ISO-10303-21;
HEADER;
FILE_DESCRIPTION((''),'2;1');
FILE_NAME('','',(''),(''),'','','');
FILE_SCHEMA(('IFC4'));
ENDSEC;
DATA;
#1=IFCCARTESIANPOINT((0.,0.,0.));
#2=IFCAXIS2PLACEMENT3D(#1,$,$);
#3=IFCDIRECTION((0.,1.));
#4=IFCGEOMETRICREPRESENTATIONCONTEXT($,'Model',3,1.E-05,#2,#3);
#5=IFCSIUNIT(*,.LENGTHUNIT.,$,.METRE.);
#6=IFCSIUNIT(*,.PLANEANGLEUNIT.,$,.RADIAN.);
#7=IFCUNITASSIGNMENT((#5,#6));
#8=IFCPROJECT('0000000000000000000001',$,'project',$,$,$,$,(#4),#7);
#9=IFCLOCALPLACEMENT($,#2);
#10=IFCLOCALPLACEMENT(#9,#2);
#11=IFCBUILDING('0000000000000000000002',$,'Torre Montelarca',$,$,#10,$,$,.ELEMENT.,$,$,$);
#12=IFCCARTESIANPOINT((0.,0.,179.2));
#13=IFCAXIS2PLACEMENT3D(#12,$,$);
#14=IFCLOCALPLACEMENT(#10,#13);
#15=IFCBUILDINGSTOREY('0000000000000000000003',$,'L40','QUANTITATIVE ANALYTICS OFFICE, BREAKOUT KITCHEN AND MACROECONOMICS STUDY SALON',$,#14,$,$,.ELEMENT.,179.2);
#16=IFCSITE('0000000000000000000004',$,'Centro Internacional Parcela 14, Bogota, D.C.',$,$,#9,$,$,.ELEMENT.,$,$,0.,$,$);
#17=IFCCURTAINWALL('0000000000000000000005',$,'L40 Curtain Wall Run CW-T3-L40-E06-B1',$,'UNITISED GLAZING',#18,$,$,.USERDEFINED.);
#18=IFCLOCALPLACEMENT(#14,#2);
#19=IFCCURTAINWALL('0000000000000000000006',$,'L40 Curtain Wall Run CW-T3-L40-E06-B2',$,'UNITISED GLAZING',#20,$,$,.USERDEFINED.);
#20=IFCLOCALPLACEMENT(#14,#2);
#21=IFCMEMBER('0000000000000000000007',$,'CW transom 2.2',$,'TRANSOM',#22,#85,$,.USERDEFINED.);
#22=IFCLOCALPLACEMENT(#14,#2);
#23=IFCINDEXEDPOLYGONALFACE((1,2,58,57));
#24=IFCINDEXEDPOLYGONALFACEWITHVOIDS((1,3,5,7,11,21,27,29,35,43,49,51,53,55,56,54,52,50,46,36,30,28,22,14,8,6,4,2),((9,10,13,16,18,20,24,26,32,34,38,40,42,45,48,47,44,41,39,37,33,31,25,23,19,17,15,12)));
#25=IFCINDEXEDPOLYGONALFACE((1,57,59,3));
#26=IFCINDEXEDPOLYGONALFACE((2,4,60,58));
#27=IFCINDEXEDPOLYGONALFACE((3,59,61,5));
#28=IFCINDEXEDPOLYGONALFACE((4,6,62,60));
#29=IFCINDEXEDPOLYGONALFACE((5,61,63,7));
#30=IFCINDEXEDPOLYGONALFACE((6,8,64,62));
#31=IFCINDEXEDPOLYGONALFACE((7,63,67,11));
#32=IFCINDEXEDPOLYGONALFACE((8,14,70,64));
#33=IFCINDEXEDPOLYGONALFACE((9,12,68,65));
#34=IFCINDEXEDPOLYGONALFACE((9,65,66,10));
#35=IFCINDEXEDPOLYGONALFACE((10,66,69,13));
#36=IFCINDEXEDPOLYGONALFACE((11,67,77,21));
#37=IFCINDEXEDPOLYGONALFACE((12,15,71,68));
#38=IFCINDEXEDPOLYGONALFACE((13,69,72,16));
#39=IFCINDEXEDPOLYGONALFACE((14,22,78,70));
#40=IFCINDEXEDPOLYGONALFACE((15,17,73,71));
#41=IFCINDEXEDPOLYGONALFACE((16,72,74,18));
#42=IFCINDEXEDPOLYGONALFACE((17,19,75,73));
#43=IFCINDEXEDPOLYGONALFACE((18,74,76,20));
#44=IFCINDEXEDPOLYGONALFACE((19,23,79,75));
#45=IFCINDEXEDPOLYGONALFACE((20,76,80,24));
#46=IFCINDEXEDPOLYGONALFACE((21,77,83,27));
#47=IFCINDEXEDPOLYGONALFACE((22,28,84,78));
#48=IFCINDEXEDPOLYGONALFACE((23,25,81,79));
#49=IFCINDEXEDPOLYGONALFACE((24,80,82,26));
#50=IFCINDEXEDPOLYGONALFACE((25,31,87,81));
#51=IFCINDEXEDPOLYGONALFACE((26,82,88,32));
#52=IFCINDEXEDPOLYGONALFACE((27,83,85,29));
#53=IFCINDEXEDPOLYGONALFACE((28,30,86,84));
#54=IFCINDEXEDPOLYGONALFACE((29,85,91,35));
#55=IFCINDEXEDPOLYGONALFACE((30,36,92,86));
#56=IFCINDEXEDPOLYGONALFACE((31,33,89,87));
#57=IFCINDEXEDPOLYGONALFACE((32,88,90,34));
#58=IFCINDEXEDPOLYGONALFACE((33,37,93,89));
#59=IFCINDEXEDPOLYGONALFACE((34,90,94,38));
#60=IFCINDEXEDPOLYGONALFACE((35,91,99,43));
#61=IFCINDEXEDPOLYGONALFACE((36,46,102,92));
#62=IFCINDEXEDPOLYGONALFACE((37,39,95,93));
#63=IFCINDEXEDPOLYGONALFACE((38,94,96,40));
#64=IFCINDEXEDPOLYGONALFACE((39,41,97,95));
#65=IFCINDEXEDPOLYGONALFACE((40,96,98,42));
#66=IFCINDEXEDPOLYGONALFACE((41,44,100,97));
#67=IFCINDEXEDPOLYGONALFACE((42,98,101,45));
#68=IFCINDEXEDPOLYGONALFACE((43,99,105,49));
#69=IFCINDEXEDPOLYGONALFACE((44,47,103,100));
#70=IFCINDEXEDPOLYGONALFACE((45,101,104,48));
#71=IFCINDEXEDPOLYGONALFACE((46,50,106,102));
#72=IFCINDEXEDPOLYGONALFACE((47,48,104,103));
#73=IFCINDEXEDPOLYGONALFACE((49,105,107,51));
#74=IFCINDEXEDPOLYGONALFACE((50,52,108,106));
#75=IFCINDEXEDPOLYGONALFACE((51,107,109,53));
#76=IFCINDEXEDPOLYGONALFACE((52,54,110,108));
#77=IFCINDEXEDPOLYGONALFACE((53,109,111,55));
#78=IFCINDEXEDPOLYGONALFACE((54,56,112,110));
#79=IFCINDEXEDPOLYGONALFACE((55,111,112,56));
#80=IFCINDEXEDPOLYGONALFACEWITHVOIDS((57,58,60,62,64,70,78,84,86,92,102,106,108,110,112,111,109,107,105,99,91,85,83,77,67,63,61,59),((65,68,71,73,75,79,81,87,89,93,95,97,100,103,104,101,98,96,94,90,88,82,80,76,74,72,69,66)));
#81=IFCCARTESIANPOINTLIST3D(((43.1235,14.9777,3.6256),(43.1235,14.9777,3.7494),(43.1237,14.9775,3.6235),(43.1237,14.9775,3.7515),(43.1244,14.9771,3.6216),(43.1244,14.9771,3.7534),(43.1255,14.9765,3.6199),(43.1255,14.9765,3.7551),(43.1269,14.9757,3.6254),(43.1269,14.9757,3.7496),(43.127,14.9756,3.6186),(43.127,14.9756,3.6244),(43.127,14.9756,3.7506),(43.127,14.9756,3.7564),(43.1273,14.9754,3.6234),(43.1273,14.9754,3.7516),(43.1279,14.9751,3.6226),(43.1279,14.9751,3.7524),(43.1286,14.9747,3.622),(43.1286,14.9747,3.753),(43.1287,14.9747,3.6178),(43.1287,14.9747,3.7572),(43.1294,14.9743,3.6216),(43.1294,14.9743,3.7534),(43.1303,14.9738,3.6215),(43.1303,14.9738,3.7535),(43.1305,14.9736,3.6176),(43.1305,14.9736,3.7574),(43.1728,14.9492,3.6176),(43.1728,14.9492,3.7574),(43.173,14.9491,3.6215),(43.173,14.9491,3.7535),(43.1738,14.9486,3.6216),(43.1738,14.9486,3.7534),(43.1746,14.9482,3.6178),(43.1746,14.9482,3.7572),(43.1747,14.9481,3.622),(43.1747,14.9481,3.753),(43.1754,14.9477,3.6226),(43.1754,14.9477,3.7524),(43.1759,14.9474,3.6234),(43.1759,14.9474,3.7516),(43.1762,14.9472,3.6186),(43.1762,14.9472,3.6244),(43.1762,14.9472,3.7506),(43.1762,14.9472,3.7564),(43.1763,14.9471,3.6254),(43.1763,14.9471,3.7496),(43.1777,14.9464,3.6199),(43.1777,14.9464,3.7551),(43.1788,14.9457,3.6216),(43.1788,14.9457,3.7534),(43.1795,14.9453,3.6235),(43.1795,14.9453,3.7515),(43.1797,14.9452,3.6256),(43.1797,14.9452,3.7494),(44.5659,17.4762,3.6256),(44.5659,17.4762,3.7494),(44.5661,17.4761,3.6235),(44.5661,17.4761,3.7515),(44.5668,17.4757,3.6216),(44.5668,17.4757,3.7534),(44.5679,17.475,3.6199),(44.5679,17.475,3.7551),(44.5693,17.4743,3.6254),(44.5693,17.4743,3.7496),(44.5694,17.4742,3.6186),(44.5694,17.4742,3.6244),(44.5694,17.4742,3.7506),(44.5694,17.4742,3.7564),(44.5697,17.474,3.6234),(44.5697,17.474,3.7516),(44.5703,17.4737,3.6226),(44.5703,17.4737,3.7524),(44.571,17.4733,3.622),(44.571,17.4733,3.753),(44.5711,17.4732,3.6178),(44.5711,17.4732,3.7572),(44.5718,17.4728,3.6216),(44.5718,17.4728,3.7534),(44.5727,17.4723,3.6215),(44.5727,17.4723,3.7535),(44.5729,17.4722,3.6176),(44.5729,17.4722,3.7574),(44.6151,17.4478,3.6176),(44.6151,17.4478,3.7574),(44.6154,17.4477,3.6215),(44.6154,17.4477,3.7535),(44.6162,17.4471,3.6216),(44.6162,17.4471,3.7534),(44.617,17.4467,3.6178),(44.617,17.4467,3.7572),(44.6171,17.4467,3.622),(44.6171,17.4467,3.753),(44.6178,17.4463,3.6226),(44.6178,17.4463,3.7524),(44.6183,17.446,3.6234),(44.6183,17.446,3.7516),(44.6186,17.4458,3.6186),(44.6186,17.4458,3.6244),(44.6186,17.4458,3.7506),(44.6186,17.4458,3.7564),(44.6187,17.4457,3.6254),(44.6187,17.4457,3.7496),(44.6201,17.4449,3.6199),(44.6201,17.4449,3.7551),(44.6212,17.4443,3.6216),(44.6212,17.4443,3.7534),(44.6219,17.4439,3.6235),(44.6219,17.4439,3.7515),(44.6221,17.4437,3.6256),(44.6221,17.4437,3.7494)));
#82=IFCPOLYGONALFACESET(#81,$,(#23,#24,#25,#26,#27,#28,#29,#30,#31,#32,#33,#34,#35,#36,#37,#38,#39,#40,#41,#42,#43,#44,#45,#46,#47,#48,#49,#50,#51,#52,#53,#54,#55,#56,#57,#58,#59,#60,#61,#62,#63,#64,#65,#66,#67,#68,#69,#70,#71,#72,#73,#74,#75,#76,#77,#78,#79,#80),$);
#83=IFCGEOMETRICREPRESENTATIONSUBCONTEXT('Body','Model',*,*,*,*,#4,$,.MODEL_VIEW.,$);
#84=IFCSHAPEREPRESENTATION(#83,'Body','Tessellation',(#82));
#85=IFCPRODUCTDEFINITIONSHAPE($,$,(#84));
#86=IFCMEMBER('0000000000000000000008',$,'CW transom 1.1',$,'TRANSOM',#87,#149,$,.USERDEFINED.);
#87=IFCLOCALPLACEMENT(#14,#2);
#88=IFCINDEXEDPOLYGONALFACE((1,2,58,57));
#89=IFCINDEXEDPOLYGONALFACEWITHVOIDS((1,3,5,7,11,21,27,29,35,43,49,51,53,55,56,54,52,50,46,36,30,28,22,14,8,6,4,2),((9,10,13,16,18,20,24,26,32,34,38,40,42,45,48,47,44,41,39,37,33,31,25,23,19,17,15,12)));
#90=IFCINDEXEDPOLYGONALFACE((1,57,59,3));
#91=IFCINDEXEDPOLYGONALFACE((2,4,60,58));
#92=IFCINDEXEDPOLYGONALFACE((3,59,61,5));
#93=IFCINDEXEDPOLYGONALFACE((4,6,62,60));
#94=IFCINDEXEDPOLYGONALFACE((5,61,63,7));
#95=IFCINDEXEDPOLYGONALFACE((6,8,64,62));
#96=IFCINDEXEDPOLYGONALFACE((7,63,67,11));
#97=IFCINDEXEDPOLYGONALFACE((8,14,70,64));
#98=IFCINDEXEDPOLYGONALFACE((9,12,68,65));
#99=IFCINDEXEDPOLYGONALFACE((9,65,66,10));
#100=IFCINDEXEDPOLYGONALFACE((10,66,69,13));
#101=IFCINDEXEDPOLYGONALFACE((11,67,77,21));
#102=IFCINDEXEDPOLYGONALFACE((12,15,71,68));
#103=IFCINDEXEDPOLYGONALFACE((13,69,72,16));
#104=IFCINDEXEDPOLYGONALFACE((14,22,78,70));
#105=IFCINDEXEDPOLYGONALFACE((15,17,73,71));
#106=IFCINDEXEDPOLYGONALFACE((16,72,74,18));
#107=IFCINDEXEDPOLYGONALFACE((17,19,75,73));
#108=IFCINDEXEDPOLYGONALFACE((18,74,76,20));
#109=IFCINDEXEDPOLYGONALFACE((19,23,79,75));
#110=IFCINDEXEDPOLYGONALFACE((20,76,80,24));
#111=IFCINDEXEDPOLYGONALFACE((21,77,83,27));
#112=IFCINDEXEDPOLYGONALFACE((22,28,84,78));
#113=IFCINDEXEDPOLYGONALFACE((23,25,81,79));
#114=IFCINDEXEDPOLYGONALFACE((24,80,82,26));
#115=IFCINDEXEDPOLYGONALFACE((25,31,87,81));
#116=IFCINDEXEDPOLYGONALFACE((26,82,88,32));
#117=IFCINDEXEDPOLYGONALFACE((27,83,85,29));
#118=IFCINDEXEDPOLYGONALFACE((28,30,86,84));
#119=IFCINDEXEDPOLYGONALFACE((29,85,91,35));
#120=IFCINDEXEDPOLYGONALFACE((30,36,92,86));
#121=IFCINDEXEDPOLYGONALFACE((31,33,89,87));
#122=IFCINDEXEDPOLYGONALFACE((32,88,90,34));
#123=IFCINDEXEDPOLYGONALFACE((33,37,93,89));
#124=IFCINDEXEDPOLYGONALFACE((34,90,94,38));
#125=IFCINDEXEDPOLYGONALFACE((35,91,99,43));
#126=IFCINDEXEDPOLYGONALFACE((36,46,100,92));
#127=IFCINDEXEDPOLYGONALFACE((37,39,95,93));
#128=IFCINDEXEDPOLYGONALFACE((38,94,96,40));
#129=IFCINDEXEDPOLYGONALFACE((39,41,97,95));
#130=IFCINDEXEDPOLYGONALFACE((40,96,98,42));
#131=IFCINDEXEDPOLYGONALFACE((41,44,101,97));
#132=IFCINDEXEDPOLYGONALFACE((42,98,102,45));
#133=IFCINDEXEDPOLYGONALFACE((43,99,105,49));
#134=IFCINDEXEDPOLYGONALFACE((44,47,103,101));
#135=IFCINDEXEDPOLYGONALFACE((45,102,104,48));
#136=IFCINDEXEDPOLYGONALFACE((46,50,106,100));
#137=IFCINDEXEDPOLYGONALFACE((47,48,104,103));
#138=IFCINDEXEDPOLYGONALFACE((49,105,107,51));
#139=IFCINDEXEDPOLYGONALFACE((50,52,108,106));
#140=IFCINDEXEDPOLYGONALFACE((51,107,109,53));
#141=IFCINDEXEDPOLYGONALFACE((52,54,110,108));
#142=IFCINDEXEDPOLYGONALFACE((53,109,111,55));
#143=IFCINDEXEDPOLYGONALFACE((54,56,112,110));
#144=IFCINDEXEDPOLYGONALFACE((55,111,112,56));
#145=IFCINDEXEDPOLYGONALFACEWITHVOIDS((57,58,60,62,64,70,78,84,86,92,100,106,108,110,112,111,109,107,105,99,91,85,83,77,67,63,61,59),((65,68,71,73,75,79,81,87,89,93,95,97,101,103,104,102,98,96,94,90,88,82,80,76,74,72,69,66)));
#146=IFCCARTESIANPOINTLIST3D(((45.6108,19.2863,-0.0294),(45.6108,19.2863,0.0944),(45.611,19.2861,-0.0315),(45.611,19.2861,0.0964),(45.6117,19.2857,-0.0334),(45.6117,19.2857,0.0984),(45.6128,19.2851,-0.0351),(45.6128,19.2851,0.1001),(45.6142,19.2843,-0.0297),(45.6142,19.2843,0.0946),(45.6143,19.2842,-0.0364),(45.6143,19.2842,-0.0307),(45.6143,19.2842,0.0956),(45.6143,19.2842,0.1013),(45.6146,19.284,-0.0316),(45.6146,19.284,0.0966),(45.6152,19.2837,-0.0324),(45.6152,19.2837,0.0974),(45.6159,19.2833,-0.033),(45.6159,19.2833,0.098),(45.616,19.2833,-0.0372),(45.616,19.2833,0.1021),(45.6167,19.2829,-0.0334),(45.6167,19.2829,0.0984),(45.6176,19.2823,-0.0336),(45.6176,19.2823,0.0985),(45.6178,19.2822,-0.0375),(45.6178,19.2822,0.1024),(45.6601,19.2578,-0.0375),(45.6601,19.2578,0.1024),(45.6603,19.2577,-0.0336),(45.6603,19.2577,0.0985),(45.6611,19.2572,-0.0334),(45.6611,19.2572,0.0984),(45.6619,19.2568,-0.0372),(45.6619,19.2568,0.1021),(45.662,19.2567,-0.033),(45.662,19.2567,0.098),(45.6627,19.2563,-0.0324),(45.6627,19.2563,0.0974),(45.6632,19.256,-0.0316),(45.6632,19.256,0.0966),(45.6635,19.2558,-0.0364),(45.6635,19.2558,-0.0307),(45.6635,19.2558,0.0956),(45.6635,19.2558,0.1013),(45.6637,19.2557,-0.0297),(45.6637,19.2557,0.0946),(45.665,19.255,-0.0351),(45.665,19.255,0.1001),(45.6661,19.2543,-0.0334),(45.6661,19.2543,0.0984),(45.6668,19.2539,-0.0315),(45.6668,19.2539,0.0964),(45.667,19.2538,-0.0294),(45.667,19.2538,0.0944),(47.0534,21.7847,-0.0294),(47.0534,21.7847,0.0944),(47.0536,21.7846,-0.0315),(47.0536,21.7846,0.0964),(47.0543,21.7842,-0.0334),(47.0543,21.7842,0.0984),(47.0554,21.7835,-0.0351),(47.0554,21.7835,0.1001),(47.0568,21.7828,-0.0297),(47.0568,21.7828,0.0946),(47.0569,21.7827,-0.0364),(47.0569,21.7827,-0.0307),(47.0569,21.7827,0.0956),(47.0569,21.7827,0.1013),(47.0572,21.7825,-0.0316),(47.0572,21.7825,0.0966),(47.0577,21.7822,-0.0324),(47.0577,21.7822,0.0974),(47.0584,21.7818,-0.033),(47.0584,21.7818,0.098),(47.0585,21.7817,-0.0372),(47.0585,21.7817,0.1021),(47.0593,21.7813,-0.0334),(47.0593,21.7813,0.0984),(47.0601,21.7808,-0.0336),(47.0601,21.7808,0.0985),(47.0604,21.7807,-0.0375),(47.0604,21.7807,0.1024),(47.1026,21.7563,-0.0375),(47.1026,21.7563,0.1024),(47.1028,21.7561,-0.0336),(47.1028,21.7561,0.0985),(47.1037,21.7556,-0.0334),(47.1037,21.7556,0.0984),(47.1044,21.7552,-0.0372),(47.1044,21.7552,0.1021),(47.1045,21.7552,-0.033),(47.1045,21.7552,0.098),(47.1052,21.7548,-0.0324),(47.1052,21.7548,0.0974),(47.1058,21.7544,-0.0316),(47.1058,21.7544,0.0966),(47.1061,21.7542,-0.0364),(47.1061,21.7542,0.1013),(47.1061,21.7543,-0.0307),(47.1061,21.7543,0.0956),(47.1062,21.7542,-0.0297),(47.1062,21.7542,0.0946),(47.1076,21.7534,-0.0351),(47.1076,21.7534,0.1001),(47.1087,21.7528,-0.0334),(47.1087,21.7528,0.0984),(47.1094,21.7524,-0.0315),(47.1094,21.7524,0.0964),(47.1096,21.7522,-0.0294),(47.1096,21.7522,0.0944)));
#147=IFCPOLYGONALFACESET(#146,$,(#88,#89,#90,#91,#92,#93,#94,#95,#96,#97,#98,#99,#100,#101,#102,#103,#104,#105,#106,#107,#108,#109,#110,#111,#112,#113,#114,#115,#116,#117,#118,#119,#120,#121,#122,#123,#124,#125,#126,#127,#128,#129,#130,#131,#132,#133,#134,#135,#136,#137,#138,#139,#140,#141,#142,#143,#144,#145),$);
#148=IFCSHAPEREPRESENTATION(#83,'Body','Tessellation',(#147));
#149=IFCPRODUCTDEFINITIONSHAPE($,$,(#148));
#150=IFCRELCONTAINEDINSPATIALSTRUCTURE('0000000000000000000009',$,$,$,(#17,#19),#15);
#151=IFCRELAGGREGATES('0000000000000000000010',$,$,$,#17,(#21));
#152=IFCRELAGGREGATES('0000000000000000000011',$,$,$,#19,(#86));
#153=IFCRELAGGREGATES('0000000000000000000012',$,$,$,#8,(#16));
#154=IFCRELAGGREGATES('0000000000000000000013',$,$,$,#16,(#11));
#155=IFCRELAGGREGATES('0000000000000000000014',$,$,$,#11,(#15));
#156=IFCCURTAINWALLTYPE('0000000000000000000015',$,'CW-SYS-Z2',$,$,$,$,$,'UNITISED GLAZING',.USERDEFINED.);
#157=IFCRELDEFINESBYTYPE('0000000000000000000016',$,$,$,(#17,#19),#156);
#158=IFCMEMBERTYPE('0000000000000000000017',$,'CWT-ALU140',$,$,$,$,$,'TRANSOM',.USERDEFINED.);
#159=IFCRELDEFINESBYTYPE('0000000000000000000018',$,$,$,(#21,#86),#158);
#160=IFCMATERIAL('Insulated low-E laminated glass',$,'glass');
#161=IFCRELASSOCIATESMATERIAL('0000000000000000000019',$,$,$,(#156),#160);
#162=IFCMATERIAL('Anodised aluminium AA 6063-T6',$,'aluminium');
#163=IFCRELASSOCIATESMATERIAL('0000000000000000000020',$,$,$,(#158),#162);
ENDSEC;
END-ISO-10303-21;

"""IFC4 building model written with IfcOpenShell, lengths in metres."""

from ifc_helpers import new_model, si_unit, direction, frame, origin, origin_2d, place, context, subcontext, project, spatial, hollow_rectangle, extrude, source, transform, mapped, material, material_profile, profile_set, type_object, element, aggregate, save


model = new_model("IFC4")

# Units and contexts
model_context = context("Model", 3, precision=1e-05, world=origin(), true_north=direction((0.0, 1.0)))
body_context = subcontext(model_context, "Body", "Model", "MODEL_VIEW")
ifc_project = project(units=[si_unit("LENGTHUNIT", "METRE"), si_unit("PLANEANGLEUNIT", "RADIAN")], contexts=[model_context])

# Site, building, storey
site_placement = place(None, origin())
site = spatial("IfcSite", under=ifc_project, at=site_placement, Name="Centro Internacional Parcela 14, Bogota, D.C.", CompositionType="ELEMENT", RefElevation=0.0)
building_placement = place(site_placement, origin())
building = spatial("IfcBuilding", under=site, at=building_placement, Name="Torre Montelarca", CompositionType="ELEMENT")
storey_placement = place(building_placement, frame((0.0, 0.0, 179.2)))
storey = spatial("IfcBuildingStorey", under=building, at=storey_placement, Name="L40", Description="QUANTITATIVE ANALYTICS OFFICE, BREAKOUT KITCHEN AND MACROECONOMICS STUDY SALON", CompositionType="ELEMENT", Elevation=179.2)

# Curtain walls
ifc_material_1 = material(Name="Insulated low-E laminated glass", Category="glass")
curtain_wall_type = type_object("IfcCurtainWallType", Name="CW-SYS-Z2", ElementType="UNITISED GLAZING", PredefinedType="USERDEFINED", material=ifc_material_1)
ifc_material_2 = material(Name="Anodised aluminium AA 6063-T6", Category="aluminium")
ifc_material_profile_1 = material_profile(ifc_material_2, hollow_rectangle(XDim=0.0649, YDim=0.1399, WallThickness=0.0039, InnerFilletRadius=0.0039, OuterFilletRadius=0.0081, at=origin_2d()), Name="ALU65X140X4", Category="aluminium")
ifc_profile_set_1 = profile_set([ifc_material_profile_1], Name="Anodised aluminium AA 6063-T6")
member_type_1 = type_object("IfcMemberType", Name="CWT-ALU140", ElementType="TRANSOM", PredefinedType="USERDEFINED", material=ifc_profile_set_1)
curtain_wall_1_placement = place(storey_placement, origin())
curtain_wall_1 = element("IfcCurtainWall", 1, at=curtain_wall_1_placement, inside=storey, type_object=curtain_wall_type, Name="L40 Curtain Wall Run CW-T3-L40-E06-B1", ObjectType="UNITISED GLAZING", PredefinedType="USERDEFINED")
curtain_wall_2_placement = place(storey_placement, origin())
curtain_wall_2 = element("IfcCurtainWall", 2, at=curtain_wall_2_placement, inside=storey, type_object=curtain_wall_type, Name="L40 Curtain Wall Run CW-T3-L40-E06-B2", ObjectType="UNITISED GLAZING", PredefinedType="USERDEFINED")

# Members
shared_shape_1 = source(origin(), body_context, "Body", "SweptSolid", [
    extrude(hollow_rectangle(XDim=0.0649, YDim=0.1399, WallThickness=0.0039, InnerFilletRadius=0.0039, OuterFilletRadius=0.0081, at=origin_2d()), origin(), (0.0, 0.0, 1.0), 2.885),
])
member_1_placement = place(storey_placement, frame((43.1516, 14.9614, 3.6875), z_axis=(0.499962, 0.866047, 0.0), x_axis=(-0.866047, 0.499962, 0.0)))
member_1 = element("IfcMember", 3, at=member_1_placement, type_object=member_type_1, Name="CW transom 2.2", ObjectType="TRANSOM", PredefinedType="USERDEFINED", context=body_context, shape_type="MappedRepresentation", body=[
    mapped(shared_shape_1, transform((0.0, 0.0, 0.0), scale=1.0)),
])
member_2_placement = place(storey_placement, frame((45.6389, 19.27, 0.0325), z_axis=(0.500025, 0.866011, 0.0), x_axis=(-0.866011, 0.500025, 0.0)))
member_2 = element("IfcMember", 4, at=member_2_placement, type_object=member_type_1, Name="CW transom 1.1", ObjectType="TRANSOM", PredefinedType="USERDEFINED", context=body_context, shape_type="MappedRepresentation", body=[
    mapped(shared_shape_1, transform((0.0, 0.0, 0.0), scale=1.0)),
])

aggregate(curtain_wall_1, [member_1])
aggregate(curtain_wall_2, [member_2])

save(model, "model.ifc")
